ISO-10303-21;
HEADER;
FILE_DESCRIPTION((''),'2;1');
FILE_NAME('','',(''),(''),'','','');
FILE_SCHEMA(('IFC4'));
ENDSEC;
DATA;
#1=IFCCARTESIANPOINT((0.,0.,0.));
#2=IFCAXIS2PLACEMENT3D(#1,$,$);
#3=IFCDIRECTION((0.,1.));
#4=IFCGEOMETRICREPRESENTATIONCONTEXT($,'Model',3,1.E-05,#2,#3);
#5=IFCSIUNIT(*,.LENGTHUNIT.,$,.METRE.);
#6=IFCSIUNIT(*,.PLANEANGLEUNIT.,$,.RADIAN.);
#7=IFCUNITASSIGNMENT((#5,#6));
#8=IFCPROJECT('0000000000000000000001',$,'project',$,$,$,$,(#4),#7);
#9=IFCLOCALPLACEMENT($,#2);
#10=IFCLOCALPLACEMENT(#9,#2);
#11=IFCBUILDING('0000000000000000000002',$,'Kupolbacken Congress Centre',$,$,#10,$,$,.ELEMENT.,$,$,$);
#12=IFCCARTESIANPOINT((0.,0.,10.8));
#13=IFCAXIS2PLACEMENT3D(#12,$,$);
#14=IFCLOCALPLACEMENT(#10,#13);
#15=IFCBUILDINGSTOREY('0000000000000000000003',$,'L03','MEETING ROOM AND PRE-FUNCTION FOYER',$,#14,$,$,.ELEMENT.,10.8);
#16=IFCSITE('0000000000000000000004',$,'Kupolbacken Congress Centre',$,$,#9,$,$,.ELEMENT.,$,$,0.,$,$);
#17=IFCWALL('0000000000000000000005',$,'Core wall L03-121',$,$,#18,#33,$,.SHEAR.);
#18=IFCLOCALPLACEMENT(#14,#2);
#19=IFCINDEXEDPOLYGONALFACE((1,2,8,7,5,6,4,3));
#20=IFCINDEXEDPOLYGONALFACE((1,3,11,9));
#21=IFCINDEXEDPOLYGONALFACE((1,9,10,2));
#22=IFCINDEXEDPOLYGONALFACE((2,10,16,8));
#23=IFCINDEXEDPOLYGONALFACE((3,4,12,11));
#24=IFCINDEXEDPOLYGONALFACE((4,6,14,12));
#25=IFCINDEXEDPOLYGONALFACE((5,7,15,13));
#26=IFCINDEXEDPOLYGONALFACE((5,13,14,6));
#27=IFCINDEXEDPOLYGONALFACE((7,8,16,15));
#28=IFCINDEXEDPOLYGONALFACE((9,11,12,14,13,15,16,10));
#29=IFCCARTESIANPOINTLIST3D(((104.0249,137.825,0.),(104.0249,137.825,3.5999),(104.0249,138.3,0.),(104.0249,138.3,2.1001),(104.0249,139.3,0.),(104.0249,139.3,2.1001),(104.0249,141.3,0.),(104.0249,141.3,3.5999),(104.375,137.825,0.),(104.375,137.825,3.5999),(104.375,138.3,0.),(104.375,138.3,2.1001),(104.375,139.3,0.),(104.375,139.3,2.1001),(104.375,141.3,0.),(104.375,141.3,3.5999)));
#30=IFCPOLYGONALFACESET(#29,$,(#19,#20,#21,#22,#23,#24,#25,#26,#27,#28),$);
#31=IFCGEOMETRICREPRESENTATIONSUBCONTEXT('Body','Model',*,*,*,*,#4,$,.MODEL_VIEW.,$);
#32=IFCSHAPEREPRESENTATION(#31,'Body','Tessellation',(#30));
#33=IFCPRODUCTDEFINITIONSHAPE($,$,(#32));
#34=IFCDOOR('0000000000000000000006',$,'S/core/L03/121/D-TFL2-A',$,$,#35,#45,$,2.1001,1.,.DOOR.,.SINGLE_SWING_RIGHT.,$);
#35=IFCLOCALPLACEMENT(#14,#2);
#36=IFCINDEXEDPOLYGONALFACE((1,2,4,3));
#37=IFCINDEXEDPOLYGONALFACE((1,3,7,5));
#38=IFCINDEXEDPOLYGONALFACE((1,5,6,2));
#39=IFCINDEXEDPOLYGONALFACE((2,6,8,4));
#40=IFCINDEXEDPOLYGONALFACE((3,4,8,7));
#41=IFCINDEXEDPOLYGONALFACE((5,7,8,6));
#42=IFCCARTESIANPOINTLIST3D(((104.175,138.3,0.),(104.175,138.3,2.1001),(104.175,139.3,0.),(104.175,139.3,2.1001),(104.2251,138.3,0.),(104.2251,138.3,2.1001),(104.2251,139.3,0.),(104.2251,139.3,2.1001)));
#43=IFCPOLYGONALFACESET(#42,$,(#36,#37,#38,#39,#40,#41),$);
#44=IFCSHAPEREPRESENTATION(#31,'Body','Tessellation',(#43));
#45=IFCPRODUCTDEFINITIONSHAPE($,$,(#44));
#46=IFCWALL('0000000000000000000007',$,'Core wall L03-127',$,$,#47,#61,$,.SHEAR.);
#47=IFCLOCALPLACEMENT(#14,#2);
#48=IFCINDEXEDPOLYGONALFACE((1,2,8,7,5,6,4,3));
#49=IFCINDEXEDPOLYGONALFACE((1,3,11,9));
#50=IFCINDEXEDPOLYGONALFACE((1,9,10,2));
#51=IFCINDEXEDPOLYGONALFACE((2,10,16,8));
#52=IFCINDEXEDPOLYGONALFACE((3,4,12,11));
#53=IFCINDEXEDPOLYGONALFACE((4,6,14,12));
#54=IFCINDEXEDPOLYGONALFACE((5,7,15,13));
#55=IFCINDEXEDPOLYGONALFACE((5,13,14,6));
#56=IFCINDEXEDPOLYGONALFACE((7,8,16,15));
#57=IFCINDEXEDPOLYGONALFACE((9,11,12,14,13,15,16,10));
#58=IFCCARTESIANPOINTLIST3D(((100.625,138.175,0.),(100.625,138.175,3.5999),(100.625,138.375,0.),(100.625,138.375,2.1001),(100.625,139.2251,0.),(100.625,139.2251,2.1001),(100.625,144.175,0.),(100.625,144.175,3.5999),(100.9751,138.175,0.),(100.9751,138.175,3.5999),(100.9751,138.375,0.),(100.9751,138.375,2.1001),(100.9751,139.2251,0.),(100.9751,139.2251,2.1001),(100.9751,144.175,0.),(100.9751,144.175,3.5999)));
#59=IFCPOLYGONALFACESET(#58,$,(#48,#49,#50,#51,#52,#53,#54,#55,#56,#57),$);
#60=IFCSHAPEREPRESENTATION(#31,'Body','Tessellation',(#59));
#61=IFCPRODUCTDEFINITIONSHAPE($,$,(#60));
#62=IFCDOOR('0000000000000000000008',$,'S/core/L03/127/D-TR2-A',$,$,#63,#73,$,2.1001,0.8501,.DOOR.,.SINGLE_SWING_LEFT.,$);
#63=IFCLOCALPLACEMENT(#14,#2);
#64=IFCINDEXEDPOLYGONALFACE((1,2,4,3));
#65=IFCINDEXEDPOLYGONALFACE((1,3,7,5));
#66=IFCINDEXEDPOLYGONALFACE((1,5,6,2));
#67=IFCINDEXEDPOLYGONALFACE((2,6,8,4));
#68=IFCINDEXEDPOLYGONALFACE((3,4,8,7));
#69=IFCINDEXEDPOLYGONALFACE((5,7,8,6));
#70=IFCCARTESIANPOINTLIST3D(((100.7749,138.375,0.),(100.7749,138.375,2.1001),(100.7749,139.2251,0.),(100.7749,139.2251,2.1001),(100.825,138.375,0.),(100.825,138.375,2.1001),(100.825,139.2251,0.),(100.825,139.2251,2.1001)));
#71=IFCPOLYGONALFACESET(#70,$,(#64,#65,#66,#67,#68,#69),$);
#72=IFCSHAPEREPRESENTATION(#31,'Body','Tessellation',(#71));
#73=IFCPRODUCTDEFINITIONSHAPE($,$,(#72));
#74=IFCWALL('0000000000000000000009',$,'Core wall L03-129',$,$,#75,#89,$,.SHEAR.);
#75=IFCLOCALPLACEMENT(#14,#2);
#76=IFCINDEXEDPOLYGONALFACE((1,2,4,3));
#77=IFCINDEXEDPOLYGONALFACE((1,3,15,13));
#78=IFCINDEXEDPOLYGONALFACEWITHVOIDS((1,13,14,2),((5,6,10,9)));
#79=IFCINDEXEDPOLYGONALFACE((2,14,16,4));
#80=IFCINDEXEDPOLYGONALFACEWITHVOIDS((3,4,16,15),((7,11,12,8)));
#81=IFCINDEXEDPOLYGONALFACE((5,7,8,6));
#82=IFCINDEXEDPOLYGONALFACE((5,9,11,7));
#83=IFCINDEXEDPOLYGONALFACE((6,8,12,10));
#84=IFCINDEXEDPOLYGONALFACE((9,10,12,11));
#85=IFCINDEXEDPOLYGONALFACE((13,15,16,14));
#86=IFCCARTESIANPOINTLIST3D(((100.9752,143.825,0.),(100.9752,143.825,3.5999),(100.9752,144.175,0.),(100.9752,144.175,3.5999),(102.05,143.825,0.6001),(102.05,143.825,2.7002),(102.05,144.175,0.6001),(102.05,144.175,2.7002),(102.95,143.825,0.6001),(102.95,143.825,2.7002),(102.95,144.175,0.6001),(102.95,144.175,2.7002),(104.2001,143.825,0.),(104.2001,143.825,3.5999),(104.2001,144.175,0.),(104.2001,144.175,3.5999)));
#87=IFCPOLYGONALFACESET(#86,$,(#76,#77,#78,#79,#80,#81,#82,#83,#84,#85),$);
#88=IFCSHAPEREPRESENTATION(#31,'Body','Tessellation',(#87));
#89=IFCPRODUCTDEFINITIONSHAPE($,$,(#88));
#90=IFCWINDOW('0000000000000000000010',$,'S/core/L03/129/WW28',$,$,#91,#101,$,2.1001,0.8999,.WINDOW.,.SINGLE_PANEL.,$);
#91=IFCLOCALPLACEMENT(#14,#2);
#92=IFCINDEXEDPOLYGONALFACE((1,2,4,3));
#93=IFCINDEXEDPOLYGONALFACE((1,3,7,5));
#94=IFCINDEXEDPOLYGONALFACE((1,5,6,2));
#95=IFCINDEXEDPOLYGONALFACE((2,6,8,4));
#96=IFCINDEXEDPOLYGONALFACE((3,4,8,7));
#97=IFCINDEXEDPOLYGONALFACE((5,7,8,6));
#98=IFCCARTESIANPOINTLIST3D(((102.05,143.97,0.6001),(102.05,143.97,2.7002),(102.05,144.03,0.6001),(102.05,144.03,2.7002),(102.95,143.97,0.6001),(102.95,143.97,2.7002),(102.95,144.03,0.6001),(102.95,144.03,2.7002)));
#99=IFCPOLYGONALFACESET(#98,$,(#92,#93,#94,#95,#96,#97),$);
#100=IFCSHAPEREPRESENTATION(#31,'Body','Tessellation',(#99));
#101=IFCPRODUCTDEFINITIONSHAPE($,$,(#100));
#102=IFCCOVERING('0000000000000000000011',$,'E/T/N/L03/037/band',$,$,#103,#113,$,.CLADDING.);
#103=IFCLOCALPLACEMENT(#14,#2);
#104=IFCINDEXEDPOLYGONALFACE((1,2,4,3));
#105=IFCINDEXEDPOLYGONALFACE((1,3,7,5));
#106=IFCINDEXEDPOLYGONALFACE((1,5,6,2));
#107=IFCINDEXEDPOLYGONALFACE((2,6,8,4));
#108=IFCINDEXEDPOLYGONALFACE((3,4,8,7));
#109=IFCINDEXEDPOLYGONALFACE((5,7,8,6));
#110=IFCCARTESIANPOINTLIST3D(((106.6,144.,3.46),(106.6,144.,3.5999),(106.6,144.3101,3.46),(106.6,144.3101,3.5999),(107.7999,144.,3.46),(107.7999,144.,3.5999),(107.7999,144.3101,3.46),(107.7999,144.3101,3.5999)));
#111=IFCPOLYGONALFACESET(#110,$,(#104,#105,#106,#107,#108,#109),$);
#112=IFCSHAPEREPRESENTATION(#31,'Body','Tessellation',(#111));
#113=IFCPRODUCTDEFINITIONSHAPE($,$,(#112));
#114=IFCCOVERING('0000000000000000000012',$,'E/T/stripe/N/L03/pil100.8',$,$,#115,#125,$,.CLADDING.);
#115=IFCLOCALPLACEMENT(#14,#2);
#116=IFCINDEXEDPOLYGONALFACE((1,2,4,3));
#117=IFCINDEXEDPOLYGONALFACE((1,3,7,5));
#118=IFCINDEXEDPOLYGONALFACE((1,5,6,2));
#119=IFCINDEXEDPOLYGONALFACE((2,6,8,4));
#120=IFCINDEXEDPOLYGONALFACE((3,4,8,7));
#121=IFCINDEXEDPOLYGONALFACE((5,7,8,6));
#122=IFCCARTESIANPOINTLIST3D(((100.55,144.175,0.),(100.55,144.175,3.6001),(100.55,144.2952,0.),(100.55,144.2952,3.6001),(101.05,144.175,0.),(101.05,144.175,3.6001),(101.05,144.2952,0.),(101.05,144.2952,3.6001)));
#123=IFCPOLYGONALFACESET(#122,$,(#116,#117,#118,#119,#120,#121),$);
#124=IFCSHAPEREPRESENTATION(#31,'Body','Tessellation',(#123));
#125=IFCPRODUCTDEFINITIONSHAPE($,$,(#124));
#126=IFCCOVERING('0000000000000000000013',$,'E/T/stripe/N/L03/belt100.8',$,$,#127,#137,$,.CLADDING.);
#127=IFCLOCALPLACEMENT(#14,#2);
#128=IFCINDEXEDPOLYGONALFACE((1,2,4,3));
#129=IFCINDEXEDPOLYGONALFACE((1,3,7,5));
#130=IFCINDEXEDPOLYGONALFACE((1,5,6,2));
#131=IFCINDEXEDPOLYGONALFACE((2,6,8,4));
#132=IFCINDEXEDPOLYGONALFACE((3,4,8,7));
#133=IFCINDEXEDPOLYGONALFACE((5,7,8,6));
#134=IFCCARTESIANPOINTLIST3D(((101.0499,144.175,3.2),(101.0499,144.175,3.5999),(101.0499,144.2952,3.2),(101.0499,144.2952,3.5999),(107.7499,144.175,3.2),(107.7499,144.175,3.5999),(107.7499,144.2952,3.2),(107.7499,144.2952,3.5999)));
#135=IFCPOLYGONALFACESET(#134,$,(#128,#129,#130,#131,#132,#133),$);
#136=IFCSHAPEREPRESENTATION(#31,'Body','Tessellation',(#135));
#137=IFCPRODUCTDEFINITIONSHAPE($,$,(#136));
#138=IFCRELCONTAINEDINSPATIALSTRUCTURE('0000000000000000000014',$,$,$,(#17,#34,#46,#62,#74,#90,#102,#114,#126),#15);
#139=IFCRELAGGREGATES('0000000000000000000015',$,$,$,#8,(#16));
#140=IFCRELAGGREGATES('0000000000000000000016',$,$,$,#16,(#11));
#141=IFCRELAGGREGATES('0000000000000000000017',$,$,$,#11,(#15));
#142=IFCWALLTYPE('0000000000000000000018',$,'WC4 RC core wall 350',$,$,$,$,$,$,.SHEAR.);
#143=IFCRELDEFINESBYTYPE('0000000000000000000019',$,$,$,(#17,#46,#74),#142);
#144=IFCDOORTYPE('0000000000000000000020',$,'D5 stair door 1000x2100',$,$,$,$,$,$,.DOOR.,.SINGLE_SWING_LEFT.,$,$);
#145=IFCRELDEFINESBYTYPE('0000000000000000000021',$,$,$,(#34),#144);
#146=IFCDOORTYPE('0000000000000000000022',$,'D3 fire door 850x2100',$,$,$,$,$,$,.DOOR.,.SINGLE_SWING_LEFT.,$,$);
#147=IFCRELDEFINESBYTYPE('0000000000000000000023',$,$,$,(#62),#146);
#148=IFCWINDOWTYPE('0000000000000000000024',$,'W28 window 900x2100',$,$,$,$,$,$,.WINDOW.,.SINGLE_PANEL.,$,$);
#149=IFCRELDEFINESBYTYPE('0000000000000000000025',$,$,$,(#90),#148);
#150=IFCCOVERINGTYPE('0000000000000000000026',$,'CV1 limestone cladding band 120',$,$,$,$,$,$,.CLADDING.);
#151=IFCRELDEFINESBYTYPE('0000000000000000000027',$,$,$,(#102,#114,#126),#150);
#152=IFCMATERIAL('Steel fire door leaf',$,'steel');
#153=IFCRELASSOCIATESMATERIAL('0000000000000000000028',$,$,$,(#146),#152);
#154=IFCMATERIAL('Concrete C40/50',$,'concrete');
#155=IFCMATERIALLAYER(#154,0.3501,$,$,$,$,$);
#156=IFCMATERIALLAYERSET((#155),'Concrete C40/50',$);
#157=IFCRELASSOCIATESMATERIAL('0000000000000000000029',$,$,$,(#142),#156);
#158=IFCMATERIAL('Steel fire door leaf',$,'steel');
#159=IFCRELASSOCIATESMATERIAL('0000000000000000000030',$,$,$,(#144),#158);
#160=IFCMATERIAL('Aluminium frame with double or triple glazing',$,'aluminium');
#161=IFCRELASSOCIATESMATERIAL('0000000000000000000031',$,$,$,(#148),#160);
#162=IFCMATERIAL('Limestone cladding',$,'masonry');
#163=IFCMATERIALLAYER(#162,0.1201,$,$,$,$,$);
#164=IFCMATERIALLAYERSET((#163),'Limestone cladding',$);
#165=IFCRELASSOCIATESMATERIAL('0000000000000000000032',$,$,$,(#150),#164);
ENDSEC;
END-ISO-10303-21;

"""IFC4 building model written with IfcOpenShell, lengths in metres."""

from ifc_helpers import new_model, si_unit, direction, frame, frame_2d, origin, origin_2d, place, context, subcontext, project, spatial, rectangle, extrude, material, layer, layer_set, type_object, element, fill, save


model = new_model("IFC4")

# Units and contexts
model_context = context("Model", 3, precision=1e-05, world=origin(), true_north=direction((0.0, 1.0)))
body_context = subcontext(model_context, "Body", "Model", "MODEL_VIEW")
ifc_project = project(units=[si_unit("LENGTHUNIT", "METRE"), si_unit("PLANEANGLEUNIT", "RADIAN")], contexts=[model_context])

# Site, building, storey
site_placement = place(None, origin())
site = spatial("IfcSite", under=ifc_project, at=site_placement, Name="Kupolbacken Congress Centre", CompositionType="ELEMENT", RefElevation=0.0)
building_placement = place(site_placement, origin())
building = spatial("IfcBuilding", under=site, at=building_placement, Name="Kupolbacken Congress Centre", CompositionType="ELEMENT")
storey_placement = place(building_placement, frame((0.0, 0.0, 10.8)))
storey = spatial("IfcBuildingStorey", under=building, at=storey_placement, Name="L03", Description="MEETING ROOM AND PRE-FUNCTION FOYER", CompositionType="ELEMENT", Elevation=10.8)

# Shared definitions
ifc_material_1 = material(Name="Steel fire door leaf", Category="steel")
door_type_1 = type_object("IfcDoorType", Name="D3 fire door 850x2100", OperationType="SINGLE_SWING_LEFT", PredefinedType="DOOR", material=ifc_material_1)

# Walls, openings, doors
ifc_material_2 = material(Name="Concrete C40/50", Category="concrete")
ifc_layer_1 = layer(ifc_material_2, 0.3501)
ifc_layer_set_1 = layer_set([ifc_layer_1], Name="Concrete C40/50")
wall_type_1 = type_object("IfcWallType", Name="WC4 RC core wall 350", PredefinedType="SHEAR", material=ifc_layer_set_1)
wall_1_placement = place(storey_placement, frame((104.2, 137.825, 0.0), z_axis=(0.0, 0.0, 1.0), x_axis=(0.0, 1.0, 0.0)))
wall_1 = element("IfcWall", 1, at=wall_1_placement, inside=storey, type_object=wall_type_1, Name="Core wall L03-121", PredefinedType="SHEAR", context=body_context, shape_type="SweptSolid", body=[
    extrude(rectangle(XDim=3.4751, YDim=0.3501, at=frame_2d((1.7375, 0.0))), origin(), (0.0, 0.0, 1.0), 3.5999),
])
opening_1_placement = place(wall_1_placement, frame((0.4751, 0.0, 0.0)))
opening_1 = element("IfcOpeningElement", 2, at=opening_1_placement, cuts=wall_1, PredefinedType="OPENING", context=body_context, shape_type="SweptSolid", body=[
    extrude(rectangle(XDim=1.0, YDim=2.1001, at=frame_2d((0.5, 1.05))), frame((0.0, 0.1851, 0.0), z_axis=(0.0, -1.0, 0.0), x_axis=(1.0, 0.0, 0.0)), (0.0, 0.0, 1.0), 0.3701),
])
ifc_material_3 = material(Name="Steel fire door leaf", Category="steel")
door_type_2 = type_object("IfcDoorType", Name="D5 stair door 1000x2100", OperationType="SINGLE_SWING_LEFT", PredefinedType="DOOR", material=ifc_material_3)
door_1_placement = place(opening_1_placement, origin())
door_1 = element("IfcDoor", 3, at=door_1_placement, inside=storey, type_object=door_type_2, Name="S/core/L03/121/D-TFL2-A", OperationType="SINGLE_SWING_RIGHT", OverallHeight=2.1001, OverallWidth=1.0, PredefinedType="DOOR", context=body_context, shape_type="SweptSolid", body=[
    extrude(rectangle(XDim=1.0, YDim=2.1001, at=frame_2d((0.5, 1.05))), frame((0.0, 0.0249, 0.0), z_axis=(0.0, -1.0, 0.0), x_axis=(1.0, 0.0, 0.0)), (0.0, 0.0, 1.0), 0.05),
])
fill(opening_1, door_1)
wall_2_placement = place(storey_placement, frame((100.8, 144.175, 0.0), z_axis=(0.0, 0.0, 1.0), x_axis=(0.0, -1.0, 0.0)))
wall_2 = element("IfcWall", 4, at=wall_2_placement, inside=storey, type_object=wall_type_1, Name="Core wall L03-127", PredefinedType="SHEAR", context=body_context, shape_type="SweptSolid", body=[
    extrude(rectangle(XDim=6.0, YDim=0.3501, at=frame_2d((3.0, 0.0))), origin(), (0.0, 0.0, 1.0), 3.5999),
])
opening_2_placement = place(wall_2_placement, frame((4.95, 0.0, 0.0)))
opening_2 = element("IfcOpeningElement", 5, at=opening_2_placement, cuts=wall_2, PredefinedType="OPENING", context=body_context, shape_type="SweptSolid", body=[
    extrude(rectangle(XDim=0.8501, YDim=2.1001, at=frame_2d((0.425, 1.05))), frame((0.0, 0.1851, 0.0), z_axis=(0.0, -1.0, 0.0), x_axis=(1.0, 0.0, 0.0)), (0.0, 0.0, 1.0), 0.3701),
])
door_2_placement = place(opening_2_placement, origin())
door_2 = element("IfcDoor", 6, at=door_2_placement, inside=storey, type_object=door_type_1, Name="S/core/L03/127/D-TR2-A", OperationType="SINGLE_SWING_LEFT", OverallHeight=2.1001, OverallWidth=0.8501, PredefinedType="DOOR", context=body_context, shape_type="SweptSolid", body=[
    extrude(rectangle(XDim=0.8501, YDim=2.1001, at=frame_2d((0.425, 1.05))), frame((0.0, 0.0249, 0.0), z_axis=(0.0, -1.0, 0.0), x_axis=(1.0, 0.0, 0.0)), (0.0, 0.0, 1.0), 0.05),
])
fill(opening_2, door_2)

# Wall, opening, window
wall_3_placement = place(storey_placement, frame((104.2, 144.0, 0.0), z_axis=(0.0, 0.0, 1.0), x_axis=(-1.0, 0.0, 0.0)))
wall_3 = element("IfcWall", 7, at=wall_3_placement, inside=storey, type_object=wall_type_1, Name="Core wall L03-129", PredefinedType="SHEAR", context=body_context, shape_type="SweptSolid", body=[
    extrude(rectangle(XDim=3.2249, YDim=0.3501, at=frame_2d((1.6123, 0.0))), origin(), (0.0, 0.0, 1.0), 3.5999),
])
opening_3_placement = place(wall_3_placement, frame((1.25, 0.0, 0.6001)))
opening_3 = element("IfcOpeningElement", 8, at=opening_3_placement, cuts=wall_3, PredefinedType="OPENING", context=body_context, shape_type="SweptSolid", body=[
    extrude(rectangle(XDim=0.8999, YDim=2.1001, at=frame_2d((0.45, 1.05))), frame((0.0, 0.1851, 0.0), z_axis=(0.0, -1.0, 0.0), x_axis=(1.0, 0.0, 0.0)), (0.0, 0.0, 1.0), 0.3701),
])
ifc_material_4 = material(Name="Aluminium frame with double or triple glazing", Category="aluminium")
window_type = type_object("IfcWindowType", Name="W28 window 900x2100", PartitioningType="SINGLE_PANEL", PredefinedType="WINDOW", material=ifc_material_4)
window_placement = place(opening_3_placement, origin())
window = element("IfcWindow", 9, at=window_placement, inside=storey, type_object=window_type, Name="S/core/L03/129/WW28", OverallHeight=2.1001, OverallWidth=0.8999, PartitioningType="SINGLE_PANEL", PredefinedType="WINDOW", context=body_context, shape_type="SweptSolid", body=[
    extrude(rectangle(XDim=0.8999, YDim=2.1001, at=frame_2d((0.45, 1.05))), frame((0.0, 0.03, 0.0), z_axis=(0.0, -1.0, 0.0), x_axis=(1.0, 0.0, 0.0)), (0.0, 0.0, 1.0), 0.0601),
])
fill(opening_3, window)

# Coverings
ifc_material_5 = material(Name="Limestone cladding", Category="masonry")
ifc_layer_2 = layer(ifc_material_5, 0.1201)
ifc_layer_set_2 = layer_set([ifc_layer_2], Name="Limestone cladding")
covering_type = type_object("IfcCoveringType", Name="CV1 limestone cladding band 120", PredefinedType="CLADDING", material=ifc_layer_set_2)
covering_1_placement = place(storey_placement, frame((107.2, 144.155, 3.46), z_axis=(0.0, 0.0, 1.0), x_axis=(-1.0, 0.0, 0.0)))
element("IfcCovering", 10, at=covering_1_placement, inside=storey, type_object=covering_type, Name="E/T/N/L03/037/band", PredefinedType="CLADDING", context=body_context, shape_type="SweptSolid", body=[
    extrude(rectangle(XDim=1.2, YDim=0.3101, at=origin_2d()), origin(), (0.0, 0.0, 1.0), 0.1399),
])
covering_2_placement = place(storey_placement, frame((100.8, 144.2351, 0.0), z_axis=(0.0, 0.0, 1.0), x_axis=(1.0, 0.0, 0.0)))
element("IfcCovering", 11, at=covering_2_placement, inside=storey, type_object=covering_type, Name="E/T/stripe/N/L03/pil100.8", PredefinedType="CLADDING", context=body_context, shape_type="SweptSolid", body=[
    extrude(rectangle(XDim=0.5, YDim=0.1201, at=origin_2d()), origin(), (0.0, 0.0, 1.0), 3.6001),
])
covering_3_placement = place(storey_placement, frame((104.3999, 144.2351, 3.2), z_axis=(0.0, 0.0, 1.0), x_axis=(1.0, 0.0, 0.0)))
element("IfcCovering", 12, at=covering_3_placement, inside=storey, type_object=covering_type, Name="E/T/stripe/N/L03/belt100.8", PredefinedType="CLADDING", context=body_context, shape_type="SweptSolid", body=[
    extrude(rectangle(XDim=6.7, YDim=0.1201, at=origin_2d()), origin(), (0.0, 0.0, 1.0), 0.3999),
])

save(model, "model.ifc")
